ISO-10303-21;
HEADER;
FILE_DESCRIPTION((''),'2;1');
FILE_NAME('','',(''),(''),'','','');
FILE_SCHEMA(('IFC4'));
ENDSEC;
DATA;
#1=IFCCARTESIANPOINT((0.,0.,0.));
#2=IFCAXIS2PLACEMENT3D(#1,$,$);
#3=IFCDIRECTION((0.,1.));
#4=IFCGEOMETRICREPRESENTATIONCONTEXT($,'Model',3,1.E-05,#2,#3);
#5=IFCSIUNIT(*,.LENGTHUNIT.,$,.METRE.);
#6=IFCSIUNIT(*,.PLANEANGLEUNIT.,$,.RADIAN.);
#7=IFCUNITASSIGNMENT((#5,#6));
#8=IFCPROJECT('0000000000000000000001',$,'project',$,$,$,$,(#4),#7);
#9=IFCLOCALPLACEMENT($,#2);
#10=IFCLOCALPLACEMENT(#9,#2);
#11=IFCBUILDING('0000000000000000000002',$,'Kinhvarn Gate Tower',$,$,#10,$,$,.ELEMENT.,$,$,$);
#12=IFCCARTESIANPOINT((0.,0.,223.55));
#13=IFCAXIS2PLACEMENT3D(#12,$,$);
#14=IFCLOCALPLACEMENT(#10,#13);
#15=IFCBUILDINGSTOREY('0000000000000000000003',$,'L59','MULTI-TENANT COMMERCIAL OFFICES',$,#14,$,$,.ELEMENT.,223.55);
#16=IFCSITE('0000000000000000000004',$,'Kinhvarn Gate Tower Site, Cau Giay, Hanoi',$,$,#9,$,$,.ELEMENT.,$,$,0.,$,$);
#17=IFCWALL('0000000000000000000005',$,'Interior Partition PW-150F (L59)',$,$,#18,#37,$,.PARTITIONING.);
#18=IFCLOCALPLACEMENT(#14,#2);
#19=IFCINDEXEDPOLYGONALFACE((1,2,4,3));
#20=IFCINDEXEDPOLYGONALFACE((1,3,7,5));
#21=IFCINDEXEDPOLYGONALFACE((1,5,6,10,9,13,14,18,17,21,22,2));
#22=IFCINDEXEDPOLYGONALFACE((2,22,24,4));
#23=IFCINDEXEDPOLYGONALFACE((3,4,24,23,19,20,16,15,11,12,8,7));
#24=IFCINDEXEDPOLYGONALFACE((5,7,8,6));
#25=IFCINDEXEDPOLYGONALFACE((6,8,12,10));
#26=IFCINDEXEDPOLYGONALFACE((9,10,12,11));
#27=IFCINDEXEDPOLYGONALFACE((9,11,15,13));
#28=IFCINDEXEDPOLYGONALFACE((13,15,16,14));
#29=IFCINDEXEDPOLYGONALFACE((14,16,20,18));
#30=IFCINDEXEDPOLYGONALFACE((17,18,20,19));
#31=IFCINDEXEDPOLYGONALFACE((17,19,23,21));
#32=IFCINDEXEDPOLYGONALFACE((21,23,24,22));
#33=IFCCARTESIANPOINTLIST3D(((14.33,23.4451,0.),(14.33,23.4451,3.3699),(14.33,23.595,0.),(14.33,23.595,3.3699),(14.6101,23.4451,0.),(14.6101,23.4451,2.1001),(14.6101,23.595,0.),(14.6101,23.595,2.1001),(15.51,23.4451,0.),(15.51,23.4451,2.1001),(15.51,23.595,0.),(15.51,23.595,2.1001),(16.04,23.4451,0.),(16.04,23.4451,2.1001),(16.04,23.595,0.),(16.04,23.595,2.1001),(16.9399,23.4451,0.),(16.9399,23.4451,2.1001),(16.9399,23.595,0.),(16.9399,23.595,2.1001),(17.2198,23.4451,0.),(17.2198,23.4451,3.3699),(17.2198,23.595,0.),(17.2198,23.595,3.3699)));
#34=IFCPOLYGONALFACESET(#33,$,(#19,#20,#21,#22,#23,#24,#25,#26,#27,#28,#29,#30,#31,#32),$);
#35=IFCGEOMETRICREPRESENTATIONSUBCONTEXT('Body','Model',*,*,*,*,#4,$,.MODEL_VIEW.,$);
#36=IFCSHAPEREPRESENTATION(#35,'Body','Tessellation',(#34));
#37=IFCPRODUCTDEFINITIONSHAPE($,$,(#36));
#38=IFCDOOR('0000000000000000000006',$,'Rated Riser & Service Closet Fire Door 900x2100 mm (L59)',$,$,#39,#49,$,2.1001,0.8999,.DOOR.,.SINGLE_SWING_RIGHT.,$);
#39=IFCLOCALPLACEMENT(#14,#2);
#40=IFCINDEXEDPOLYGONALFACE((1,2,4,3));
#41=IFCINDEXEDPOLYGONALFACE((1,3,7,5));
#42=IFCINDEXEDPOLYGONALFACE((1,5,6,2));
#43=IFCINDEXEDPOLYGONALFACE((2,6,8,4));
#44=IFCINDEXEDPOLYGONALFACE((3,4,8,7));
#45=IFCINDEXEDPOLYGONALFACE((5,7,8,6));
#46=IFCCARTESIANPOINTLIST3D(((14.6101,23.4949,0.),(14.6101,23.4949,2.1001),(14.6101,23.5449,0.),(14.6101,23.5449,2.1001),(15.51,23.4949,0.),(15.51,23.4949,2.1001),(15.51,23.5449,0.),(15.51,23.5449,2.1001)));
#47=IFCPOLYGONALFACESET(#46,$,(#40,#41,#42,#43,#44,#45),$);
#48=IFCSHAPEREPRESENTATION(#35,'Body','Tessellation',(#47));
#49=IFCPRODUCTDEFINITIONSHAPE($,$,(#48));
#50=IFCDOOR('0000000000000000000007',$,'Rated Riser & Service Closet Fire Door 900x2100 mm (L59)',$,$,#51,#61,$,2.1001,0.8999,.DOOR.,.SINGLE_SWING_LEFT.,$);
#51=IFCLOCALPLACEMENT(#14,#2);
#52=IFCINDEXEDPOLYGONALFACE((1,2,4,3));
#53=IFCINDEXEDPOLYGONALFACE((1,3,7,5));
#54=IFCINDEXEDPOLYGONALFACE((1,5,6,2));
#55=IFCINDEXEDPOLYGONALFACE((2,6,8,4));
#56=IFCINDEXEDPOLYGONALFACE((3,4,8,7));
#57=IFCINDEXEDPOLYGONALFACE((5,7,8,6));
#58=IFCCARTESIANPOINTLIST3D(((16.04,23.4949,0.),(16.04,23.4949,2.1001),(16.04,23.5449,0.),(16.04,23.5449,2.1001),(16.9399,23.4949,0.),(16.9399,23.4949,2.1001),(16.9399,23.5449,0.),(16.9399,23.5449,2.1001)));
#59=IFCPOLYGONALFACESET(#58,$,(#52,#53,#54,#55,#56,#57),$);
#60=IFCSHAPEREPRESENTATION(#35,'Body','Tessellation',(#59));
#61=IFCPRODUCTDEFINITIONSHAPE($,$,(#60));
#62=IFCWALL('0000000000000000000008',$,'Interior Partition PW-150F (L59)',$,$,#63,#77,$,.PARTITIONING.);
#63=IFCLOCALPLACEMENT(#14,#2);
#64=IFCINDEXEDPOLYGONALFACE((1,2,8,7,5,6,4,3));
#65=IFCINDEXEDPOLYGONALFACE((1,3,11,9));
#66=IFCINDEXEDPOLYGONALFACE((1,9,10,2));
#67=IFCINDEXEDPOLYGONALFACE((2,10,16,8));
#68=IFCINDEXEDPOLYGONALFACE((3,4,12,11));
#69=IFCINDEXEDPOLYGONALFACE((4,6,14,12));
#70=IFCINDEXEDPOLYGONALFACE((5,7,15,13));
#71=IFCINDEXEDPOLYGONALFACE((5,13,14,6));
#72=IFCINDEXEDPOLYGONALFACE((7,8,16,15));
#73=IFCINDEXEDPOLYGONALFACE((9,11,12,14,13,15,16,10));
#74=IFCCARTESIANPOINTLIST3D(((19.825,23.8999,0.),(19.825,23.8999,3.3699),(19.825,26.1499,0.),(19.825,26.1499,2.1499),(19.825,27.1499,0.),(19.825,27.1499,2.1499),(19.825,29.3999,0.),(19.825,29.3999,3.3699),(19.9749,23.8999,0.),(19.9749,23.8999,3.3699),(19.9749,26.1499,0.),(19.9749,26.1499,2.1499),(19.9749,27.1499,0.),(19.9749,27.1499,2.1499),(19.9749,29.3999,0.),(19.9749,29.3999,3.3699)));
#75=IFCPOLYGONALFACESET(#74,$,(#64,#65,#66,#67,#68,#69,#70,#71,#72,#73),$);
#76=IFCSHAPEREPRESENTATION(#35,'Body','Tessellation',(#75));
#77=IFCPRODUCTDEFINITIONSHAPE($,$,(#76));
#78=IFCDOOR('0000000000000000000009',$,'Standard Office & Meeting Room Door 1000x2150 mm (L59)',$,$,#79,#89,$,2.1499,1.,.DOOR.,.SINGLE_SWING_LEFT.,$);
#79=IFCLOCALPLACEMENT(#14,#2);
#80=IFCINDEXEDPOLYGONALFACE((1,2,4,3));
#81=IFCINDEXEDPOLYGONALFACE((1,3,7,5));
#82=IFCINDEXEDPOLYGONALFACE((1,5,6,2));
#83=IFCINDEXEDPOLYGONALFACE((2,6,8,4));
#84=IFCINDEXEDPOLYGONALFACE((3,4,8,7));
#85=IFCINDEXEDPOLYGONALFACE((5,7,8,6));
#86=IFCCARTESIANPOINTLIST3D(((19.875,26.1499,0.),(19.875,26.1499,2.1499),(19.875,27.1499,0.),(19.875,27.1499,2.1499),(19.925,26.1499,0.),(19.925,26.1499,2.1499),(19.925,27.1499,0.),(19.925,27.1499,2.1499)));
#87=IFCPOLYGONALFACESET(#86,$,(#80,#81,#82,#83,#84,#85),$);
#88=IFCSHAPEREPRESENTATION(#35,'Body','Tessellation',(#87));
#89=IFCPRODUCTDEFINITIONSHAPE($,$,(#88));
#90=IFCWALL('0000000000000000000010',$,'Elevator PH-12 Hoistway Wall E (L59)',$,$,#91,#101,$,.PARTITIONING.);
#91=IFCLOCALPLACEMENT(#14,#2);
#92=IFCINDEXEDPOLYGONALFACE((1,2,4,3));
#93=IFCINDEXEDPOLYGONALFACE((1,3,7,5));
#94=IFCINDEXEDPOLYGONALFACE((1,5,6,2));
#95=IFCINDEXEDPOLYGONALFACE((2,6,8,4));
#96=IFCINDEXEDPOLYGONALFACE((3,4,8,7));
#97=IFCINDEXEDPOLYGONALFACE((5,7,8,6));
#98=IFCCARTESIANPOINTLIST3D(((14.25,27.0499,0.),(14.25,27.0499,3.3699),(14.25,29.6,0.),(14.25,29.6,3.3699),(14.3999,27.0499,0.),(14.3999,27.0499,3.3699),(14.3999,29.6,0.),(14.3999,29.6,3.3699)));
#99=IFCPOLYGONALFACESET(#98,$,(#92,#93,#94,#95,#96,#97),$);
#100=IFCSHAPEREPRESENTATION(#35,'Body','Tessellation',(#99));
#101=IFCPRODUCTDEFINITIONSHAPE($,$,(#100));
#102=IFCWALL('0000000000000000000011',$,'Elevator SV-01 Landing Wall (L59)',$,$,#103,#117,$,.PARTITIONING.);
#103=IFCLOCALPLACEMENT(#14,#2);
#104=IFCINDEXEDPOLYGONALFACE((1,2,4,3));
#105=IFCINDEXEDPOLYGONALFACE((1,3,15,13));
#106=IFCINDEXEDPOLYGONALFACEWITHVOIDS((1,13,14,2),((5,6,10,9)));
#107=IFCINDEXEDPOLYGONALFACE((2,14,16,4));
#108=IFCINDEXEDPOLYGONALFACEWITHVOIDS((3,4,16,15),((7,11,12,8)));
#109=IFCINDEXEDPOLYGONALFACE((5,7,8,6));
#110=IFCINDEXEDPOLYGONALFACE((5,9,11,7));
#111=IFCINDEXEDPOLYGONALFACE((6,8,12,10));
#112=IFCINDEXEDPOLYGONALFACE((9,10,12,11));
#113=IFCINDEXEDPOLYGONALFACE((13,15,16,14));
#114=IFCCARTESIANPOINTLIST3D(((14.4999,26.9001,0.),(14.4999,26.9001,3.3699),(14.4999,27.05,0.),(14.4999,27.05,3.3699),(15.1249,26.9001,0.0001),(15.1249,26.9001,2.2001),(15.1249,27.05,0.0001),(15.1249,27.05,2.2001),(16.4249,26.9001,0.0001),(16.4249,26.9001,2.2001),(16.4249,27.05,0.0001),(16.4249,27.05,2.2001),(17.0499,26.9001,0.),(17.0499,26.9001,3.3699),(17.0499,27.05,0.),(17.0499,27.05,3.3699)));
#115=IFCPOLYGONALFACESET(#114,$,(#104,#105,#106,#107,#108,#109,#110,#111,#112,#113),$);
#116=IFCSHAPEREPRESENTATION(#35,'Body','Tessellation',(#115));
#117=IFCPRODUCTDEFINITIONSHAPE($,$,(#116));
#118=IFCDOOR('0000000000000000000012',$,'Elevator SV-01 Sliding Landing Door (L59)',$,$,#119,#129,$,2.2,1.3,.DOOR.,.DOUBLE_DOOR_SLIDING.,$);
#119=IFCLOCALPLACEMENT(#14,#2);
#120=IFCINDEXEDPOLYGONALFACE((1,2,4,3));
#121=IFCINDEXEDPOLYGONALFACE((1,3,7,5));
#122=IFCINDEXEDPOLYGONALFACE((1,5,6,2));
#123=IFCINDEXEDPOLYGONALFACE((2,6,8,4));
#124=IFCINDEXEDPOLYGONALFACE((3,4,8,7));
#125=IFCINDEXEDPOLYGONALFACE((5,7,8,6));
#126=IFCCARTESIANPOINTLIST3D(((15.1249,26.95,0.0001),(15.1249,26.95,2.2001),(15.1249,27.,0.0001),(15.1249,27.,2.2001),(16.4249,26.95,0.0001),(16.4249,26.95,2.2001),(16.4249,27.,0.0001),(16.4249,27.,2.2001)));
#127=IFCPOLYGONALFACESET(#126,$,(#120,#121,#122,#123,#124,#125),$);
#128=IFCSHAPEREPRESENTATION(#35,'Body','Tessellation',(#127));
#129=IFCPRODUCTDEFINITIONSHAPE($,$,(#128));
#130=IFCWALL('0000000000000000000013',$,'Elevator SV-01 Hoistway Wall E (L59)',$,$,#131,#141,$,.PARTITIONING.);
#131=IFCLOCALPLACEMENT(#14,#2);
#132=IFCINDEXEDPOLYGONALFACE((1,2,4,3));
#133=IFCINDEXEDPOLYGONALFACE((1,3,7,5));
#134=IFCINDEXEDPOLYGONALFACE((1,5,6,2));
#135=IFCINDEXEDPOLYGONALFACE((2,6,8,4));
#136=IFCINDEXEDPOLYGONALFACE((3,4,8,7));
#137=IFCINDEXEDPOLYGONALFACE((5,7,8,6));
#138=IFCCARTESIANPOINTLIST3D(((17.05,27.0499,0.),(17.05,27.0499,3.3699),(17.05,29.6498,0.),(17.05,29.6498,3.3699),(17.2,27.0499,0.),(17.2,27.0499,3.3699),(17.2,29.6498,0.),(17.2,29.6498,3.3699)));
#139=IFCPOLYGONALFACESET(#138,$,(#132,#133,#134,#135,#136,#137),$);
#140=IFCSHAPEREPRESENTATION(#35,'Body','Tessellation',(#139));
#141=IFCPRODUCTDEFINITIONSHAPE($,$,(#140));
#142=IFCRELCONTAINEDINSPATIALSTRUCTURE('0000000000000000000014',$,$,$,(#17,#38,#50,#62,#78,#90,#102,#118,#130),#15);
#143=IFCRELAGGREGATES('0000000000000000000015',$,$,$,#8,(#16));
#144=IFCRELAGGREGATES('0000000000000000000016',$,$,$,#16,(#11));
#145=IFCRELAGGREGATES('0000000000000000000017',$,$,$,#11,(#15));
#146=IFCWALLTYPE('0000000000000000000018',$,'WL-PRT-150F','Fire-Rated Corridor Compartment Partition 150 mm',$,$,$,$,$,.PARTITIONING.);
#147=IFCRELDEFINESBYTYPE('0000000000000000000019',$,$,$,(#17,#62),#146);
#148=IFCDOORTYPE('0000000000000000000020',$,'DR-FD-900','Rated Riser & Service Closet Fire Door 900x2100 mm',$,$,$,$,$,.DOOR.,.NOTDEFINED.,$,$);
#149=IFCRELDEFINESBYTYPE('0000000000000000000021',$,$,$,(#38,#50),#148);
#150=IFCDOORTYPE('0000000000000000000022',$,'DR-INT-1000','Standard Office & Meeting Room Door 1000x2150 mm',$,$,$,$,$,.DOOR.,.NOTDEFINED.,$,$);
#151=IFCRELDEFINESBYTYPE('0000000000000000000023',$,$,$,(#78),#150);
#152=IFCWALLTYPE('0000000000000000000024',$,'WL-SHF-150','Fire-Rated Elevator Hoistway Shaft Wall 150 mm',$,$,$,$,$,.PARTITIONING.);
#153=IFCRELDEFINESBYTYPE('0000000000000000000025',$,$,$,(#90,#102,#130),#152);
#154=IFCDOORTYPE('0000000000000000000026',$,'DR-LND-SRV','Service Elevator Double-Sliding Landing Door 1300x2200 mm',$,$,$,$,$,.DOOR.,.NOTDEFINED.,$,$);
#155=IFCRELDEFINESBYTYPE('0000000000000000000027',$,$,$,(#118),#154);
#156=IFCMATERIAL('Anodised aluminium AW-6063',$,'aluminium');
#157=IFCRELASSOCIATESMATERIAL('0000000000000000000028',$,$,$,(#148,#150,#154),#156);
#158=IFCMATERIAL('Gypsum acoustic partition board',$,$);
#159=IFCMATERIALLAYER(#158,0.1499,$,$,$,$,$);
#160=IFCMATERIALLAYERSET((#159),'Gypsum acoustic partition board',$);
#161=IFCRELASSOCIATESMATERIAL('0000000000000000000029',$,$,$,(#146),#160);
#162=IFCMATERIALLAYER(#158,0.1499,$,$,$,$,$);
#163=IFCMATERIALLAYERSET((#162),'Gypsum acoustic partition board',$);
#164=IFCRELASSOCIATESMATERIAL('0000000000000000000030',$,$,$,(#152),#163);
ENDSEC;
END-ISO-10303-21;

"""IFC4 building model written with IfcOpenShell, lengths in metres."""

from ifc_helpers import new_model, si_unit, direction, frame, frame_2d, origin, place, context, subcontext, project, spatial, rectangle, extrude, material, layer, layer_set, type_object, element, fill, save


model = new_model("IFC4")

# Units and contexts
model_context = context("Model", 3, precision=1e-05, world=origin(), true_north=direction((0.0, 1.0)))
body_context = subcontext(model_context, "Body", "Model", "MODEL_VIEW")
ifc_project = project(units=[si_unit("LENGTHUNIT", "METRE"), si_unit("PLANEANGLEUNIT", "RADIAN")], contexts=[model_context])

# Site, building, storey
site_placement = place(None, origin())
site = spatial("IfcSite", under=ifc_project, at=site_placement, Name="Kinhvarn Gate Tower Site, Cau Giay, Hanoi", CompositionType="ELEMENT", RefElevation=0.0)
building_placement = place(site_placement, origin())
building = spatial("IfcBuilding", under=site, at=building_placement, Name="Kinhvarn Gate Tower", CompositionType="ELEMENT")
storey_placement = place(building_placement, frame((0.0, 0.0, 223.55)))
storey = spatial("IfcBuildingStorey", under=building, at=storey_placement, Name="L59", Description="MULTI-TENANT COMMERCIAL OFFICES", CompositionType="ELEMENT", Elevation=223.55)

# Shared definitions
ifc_material_1 = material(Name="Anodised aluminium AW-6063", Category="aluminium")

# Shared definitions
ifc_material_2 = material(Name="Gypsum acoustic partition board")

# Shared definitions
door_type_1 = type_object("IfcDoorType", Name="DR-FD-900", Description="Rated Riser & Service Closet Fire Door 900x2100 mm", OperationType="NOTDEFINED", PredefinedType="DOOR", material=ifc_material_1)

# Wall, openings, doors
ifc_layer_1 = layer(ifc_material_2, 0.1499)
ifc_layer_set_1 = layer_set([ifc_layer_1], Name="Gypsum acoustic partition board")
wall_type_1 = type_object("IfcWallType", Name="WL-PRT-150F", Description="Fire-Rated Corridor Compartment Partition 150 mm", PredefinedType="PARTITIONING", material=ifc_layer_set_1)
wall_1_placement = place(storey_placement, frame((14.3301, 23.52, 0.0), z_axis=(0.0, 0.0, 1.0), x_axis=(1.0, 0.0, 0.0)))
wall_1 = element("IfcWall", 1, at=wall_1_placement, inside=storey, type_object=wall_type_1, Name="Interior Partition PW-150F (L59)", PredefinedType="PARTITIONING", context=body_context, shape_type="SweptSolid", body=[
    extrude(rectangle(XDim=2.8899, YDim=0.1499, at=frame_2d((1.4448, 0.0))), origin(), (0.0, 0.0, 1.0), 3.3699),
])
opening_1_placement = place(wall_1_placement, frame((0.28, 0.0, 0.0)))
opening_1 = element("IfcOpeningElement", 2, at=opening_1_placement, cuts=wall_1, PredefinedType="OPENING", context=body_context, shape_type="SweptSolid", body=[
    extrude(rectangle(XDim=0.8999, YDim=2.1001, at=frame_2d((0.45, 1.05))), frame((0.0, 0.085, 0.0), z_axis=(0.0, -1.0, 0.0), x_axis=(1.0, 0.0, 0.0)), (0.0, 0.0, 1.0), 0.1699),
])
opening_2_placement = place(wall_1_placement, frame((1.71, 0.0, 0.0)))
opening_2 = element("IfcOpeningElement", 3, at=opening_2_placement, cuts=wall_1, PredefinedType="OPENING", context=body_context, shape_type="SweptSolid", body=[
    extrude(rectangle(XDim=0.8999, YDim=2.1001, at=frame_2d((0.45, 1.05))), frame((0.0, 0.085, 0.0), z_axis=(0.0, -1.0, 0.0), x_axis=(1.0, 0.0, 0.0)), (0.0, 0.0, 1.0), 0.1699),
])
door_1_placement = place(opening_1_placement, origin())
door_1 = element("IfcDoor", 4, at=door_1_placement, inside=storey, type_object=door_type_1, Name="Rated Riser & Service Closet Fire Door 900x2100 mm (L59)", OperationType="SINGLE_SWING_RIGHT", OverallHeight=2.1001, OverallWidth=0.8999, PredefinedType="DOOR", context=body_context, shape_type="SweptSolid", body=[
    extrude(rectangle(XDim=0.8999, YDim=2.1001, at=frame_2d((0.45, 1.05))), frame((0.0, 0.0249, 0.0), z_axis=(0.0, -1.0, 0.0), x_axis=(1.0, 0.0, 0.0)), (0.0, 0.0, 1.0), 0.05),
])
fill(opening_1, door_1)
door_2_placement = place(opening_2_placement, origin())
door_2 = element("IfcDoor", 5, at=door_2_placement, inside=storey, type_object=door_type_1, Name="Rated Riser & Service Closet Fire Door 900x2100 mm (L59)", OperationType="SINGLE_SWING_LEFT", OverallHeight=2.1001, OverallWidth=0.8999, PredefinedType="DOOR", context=body_context, shape_type="SweptSolid", body=[
    extrude(rectangle(XDim=0.8999, YDim=2.1001, at=frame_2d((0.45, 1.05))), frame((0.0, 0.0249, 0.0), z_axis=(0.0, -1.0, 0.0), x_axis=(1.0, 0.0, 0.0)), (0.0, 0.0, 1.0), 0.05),
])
fill(opening_2, door_2)

# Wall, opening, door
wall_2_placement = place(storey_placement, frame((19.8999, 23.8999, 0.0), z_axis=(0.0, 0.0, 1.0), x_axis=(0.0, 1.0, 0.0)))
wall_2 = element("IfcWall", 6, at=wall_2_placement, inside=storey, type_object=wall_type_1, Name="Interior Partition PW-150F (L59)", PredefinedType="PARTITIONING", context=body_context, shape_type="SweptSolid", body=[
    extrude(rectangle(XDim=5.5, YDim=0.1499, at=frame_2d((2.75, 0.0))), origin(), (0.0, 0.0, 1.0), 3.3699),
])
opening_3_placement = place(wall_2_placement, frame((2.25, 0.0, 0.0)))
opening_3 = element("IfcOpeningElement", 7, at=opening_3_placement, cuts=wall_2, PredefinedType="OPENING", context=body_context, shape_type="SweptSolid", body=[
    extrude(rectangle(XDim=1.0, YDim=2.1499, at=frame_2d((0.5, 1.075))), frame((0.0, 0.085, 0.0), z_axis=(0.0, -1.0, 0.0), x_axis=(1.0, 0.0, 0.0)), (0.0, 0.0, 1.0), 0.1699),
])
door_type_2 = type_object("IfcDoorType", Name="DR-INT-1000", Description="Standard Office & Meeting Room Door 1000x2150 mm", OperationType="NOTDEFINED", PredefinedType="DOOR", material=ifc_material_1)
door_3_placement = place(opening_3_placement, origin())
door_3 = element("IfcDoor", 8, at=door_3_placement, inside=storey, type_object=door_type_2, Name="Standard Office & Meeting Room Door 1000x2150 mm (L59)", OperationType="SINGLE_SWING_LEFT", OverallHeight=2.1499, OverallWidth=1.0, PredefinedType="DOOR", context=body_context, shape_type="SweptSolid", body=[
    extrude(rectangle(XDim=1.0, YDim=2.1499, at=frame_2d((0.5, 1.075))), frame((0.0, 0.0249, 0.0), z_axis=(0.0, -1.0, 0.0), x_axis=(1.0, 0.0, 0.0)), (0.0, 0.0, 1.0), 0.05),
])
fill(opening_3, door_3)

# Wall
ifc_layer_2 = layer(ifc_material_2, 0.1499)
ifc_layer_set_2 = layer_set([ifc_layer_2], Name="Gypsum acoustic partition board")
wall_type_2 = type_object("IfcWallType", Name="WL-SHF-150", Description="Fire-Rated Elevator Hoistway Shaft Wall 150 mm", PredefinedType="PARTITIONING", material=ifc_layer_set_2)
wall_3_placement = place(storey_placement, frame((14.325, 27.05, 0.0), z_axis=(0.0, 0.0, 1.0), x_axis=(0.0, 1.0, 0.0)))
element("IfcWall", 9, at=wall_3_placement, inside=storey, type_object=wall_type_2, Name="Elevator PH-12 Hoistway Wall E (L59)", PredefinedType="PARTITIONING", context=body_context, shape_type="SweptSolid", body=[
    extrude(rectangle(XDim=2.55, YDim=0.1499, at=frame_2d((1.2749, 0.0))), origin(), (0.0, 0.0, 1.0), 3.3699),
])

# Wall, opening, door
wall_4_placement = place(storey_placement, frame((14.5, 26.9751, 0.0), z_axis=(0.0, 0.0, 1.0), x_axis=(1.0, 0.0, 0.0)))
wall_4 = element("IfcWall", 10, at=wall_4_placement, inside=storey, type_object=wall_type_2, Name="Elevator SV-01 Landing Wall (L59)", PredefinedType="PARTITIONING", context=body_context, shape_type="SweptSolid", body=[
    extrude(rectangle(XDim=2.55, YDim=0.1499, at=frame_2d((1.2749, 0.0))), origin(), (0.0, 0.0, 1.0), 3.3699),
])
opening_4_placement = place(wall_4_placement, frame((0.625, 0.0, 0.0)))
opening_4 = element("IfcOpeningElement", 11, at=opening_4_placement, cuts=wall_4, PredefinedType="OPENING", context=body_context, shape_type="SweptSolid", body=[
    extrude(rectangle(XDim=1.3, YDim=2.2, at=frame_2d((0.6499, 1.1001))), frame((0.0, 0.085, 0.0), z_axis=(0.0, -1.0, 0.0), x_axis=(1.0, 0.0, 0.0)), (0.0, 0.0, 1.0), 0.1699),
])
door_type_3 = type_object("IfcDoorType", Name="DR-LND-SRV", Description="Service Elevator Double-Sliding Landing Door 1300x2200 mm", OperationType="NOTDEFINED", PredefinedType="DOOR", material=ifc_material_1)
door_4_placement = place(opening_4_placement, origin())
door_4 = element("IfcDoor", 12, at=door_4_placement, inside=storey, type_object=door_type_3, Name="Elevator SV-01 Sliding Landing Door (L59)", OperationType="DOUBLE_DOOR_SLIDING", OverallHeight=2.2, OverallWidth=1.3, PredefinedType="DOOR", context=body_context, shape_type="SweptSolid", body=[
    extrude(rectangle(XDim=1.3, YDim=2.2, at=frame_2d((0.6499, 1.1001))), frame((0.0, 0.0249, 0.0), z_axis=(0.0, -1.0, 0.0), x_axis=(1.0, 0.0, 0.0)), (0.0, 0.0, 1.0), 0.05),
])
fill(opening_4, door_4)

# Wall
wall_5_placement = place(storey_placement, frame((17.125, 27.05, 0.0), z_axis=(0.0, 0.0, 1.0), x_axis=(0.0, 1.0, 0.0)))
element("IfcWall", 13, at=wall_5_placement, inside=storey, type_object=wall_type_2, Name="Elevator SV-01 Hoistway Wall E (L59)", PredefinedType="PARTITIONING", context=body_context, shape_type="SweptSolid", body=[
    extrude(rectangle(XDim=2.5999, YDim=0.1499, at=frame_2d((1.2998, 0.0))), origin(), (0.0, 0.0, 1.0), 3.3699),
])

save(model, "model.ifc")
